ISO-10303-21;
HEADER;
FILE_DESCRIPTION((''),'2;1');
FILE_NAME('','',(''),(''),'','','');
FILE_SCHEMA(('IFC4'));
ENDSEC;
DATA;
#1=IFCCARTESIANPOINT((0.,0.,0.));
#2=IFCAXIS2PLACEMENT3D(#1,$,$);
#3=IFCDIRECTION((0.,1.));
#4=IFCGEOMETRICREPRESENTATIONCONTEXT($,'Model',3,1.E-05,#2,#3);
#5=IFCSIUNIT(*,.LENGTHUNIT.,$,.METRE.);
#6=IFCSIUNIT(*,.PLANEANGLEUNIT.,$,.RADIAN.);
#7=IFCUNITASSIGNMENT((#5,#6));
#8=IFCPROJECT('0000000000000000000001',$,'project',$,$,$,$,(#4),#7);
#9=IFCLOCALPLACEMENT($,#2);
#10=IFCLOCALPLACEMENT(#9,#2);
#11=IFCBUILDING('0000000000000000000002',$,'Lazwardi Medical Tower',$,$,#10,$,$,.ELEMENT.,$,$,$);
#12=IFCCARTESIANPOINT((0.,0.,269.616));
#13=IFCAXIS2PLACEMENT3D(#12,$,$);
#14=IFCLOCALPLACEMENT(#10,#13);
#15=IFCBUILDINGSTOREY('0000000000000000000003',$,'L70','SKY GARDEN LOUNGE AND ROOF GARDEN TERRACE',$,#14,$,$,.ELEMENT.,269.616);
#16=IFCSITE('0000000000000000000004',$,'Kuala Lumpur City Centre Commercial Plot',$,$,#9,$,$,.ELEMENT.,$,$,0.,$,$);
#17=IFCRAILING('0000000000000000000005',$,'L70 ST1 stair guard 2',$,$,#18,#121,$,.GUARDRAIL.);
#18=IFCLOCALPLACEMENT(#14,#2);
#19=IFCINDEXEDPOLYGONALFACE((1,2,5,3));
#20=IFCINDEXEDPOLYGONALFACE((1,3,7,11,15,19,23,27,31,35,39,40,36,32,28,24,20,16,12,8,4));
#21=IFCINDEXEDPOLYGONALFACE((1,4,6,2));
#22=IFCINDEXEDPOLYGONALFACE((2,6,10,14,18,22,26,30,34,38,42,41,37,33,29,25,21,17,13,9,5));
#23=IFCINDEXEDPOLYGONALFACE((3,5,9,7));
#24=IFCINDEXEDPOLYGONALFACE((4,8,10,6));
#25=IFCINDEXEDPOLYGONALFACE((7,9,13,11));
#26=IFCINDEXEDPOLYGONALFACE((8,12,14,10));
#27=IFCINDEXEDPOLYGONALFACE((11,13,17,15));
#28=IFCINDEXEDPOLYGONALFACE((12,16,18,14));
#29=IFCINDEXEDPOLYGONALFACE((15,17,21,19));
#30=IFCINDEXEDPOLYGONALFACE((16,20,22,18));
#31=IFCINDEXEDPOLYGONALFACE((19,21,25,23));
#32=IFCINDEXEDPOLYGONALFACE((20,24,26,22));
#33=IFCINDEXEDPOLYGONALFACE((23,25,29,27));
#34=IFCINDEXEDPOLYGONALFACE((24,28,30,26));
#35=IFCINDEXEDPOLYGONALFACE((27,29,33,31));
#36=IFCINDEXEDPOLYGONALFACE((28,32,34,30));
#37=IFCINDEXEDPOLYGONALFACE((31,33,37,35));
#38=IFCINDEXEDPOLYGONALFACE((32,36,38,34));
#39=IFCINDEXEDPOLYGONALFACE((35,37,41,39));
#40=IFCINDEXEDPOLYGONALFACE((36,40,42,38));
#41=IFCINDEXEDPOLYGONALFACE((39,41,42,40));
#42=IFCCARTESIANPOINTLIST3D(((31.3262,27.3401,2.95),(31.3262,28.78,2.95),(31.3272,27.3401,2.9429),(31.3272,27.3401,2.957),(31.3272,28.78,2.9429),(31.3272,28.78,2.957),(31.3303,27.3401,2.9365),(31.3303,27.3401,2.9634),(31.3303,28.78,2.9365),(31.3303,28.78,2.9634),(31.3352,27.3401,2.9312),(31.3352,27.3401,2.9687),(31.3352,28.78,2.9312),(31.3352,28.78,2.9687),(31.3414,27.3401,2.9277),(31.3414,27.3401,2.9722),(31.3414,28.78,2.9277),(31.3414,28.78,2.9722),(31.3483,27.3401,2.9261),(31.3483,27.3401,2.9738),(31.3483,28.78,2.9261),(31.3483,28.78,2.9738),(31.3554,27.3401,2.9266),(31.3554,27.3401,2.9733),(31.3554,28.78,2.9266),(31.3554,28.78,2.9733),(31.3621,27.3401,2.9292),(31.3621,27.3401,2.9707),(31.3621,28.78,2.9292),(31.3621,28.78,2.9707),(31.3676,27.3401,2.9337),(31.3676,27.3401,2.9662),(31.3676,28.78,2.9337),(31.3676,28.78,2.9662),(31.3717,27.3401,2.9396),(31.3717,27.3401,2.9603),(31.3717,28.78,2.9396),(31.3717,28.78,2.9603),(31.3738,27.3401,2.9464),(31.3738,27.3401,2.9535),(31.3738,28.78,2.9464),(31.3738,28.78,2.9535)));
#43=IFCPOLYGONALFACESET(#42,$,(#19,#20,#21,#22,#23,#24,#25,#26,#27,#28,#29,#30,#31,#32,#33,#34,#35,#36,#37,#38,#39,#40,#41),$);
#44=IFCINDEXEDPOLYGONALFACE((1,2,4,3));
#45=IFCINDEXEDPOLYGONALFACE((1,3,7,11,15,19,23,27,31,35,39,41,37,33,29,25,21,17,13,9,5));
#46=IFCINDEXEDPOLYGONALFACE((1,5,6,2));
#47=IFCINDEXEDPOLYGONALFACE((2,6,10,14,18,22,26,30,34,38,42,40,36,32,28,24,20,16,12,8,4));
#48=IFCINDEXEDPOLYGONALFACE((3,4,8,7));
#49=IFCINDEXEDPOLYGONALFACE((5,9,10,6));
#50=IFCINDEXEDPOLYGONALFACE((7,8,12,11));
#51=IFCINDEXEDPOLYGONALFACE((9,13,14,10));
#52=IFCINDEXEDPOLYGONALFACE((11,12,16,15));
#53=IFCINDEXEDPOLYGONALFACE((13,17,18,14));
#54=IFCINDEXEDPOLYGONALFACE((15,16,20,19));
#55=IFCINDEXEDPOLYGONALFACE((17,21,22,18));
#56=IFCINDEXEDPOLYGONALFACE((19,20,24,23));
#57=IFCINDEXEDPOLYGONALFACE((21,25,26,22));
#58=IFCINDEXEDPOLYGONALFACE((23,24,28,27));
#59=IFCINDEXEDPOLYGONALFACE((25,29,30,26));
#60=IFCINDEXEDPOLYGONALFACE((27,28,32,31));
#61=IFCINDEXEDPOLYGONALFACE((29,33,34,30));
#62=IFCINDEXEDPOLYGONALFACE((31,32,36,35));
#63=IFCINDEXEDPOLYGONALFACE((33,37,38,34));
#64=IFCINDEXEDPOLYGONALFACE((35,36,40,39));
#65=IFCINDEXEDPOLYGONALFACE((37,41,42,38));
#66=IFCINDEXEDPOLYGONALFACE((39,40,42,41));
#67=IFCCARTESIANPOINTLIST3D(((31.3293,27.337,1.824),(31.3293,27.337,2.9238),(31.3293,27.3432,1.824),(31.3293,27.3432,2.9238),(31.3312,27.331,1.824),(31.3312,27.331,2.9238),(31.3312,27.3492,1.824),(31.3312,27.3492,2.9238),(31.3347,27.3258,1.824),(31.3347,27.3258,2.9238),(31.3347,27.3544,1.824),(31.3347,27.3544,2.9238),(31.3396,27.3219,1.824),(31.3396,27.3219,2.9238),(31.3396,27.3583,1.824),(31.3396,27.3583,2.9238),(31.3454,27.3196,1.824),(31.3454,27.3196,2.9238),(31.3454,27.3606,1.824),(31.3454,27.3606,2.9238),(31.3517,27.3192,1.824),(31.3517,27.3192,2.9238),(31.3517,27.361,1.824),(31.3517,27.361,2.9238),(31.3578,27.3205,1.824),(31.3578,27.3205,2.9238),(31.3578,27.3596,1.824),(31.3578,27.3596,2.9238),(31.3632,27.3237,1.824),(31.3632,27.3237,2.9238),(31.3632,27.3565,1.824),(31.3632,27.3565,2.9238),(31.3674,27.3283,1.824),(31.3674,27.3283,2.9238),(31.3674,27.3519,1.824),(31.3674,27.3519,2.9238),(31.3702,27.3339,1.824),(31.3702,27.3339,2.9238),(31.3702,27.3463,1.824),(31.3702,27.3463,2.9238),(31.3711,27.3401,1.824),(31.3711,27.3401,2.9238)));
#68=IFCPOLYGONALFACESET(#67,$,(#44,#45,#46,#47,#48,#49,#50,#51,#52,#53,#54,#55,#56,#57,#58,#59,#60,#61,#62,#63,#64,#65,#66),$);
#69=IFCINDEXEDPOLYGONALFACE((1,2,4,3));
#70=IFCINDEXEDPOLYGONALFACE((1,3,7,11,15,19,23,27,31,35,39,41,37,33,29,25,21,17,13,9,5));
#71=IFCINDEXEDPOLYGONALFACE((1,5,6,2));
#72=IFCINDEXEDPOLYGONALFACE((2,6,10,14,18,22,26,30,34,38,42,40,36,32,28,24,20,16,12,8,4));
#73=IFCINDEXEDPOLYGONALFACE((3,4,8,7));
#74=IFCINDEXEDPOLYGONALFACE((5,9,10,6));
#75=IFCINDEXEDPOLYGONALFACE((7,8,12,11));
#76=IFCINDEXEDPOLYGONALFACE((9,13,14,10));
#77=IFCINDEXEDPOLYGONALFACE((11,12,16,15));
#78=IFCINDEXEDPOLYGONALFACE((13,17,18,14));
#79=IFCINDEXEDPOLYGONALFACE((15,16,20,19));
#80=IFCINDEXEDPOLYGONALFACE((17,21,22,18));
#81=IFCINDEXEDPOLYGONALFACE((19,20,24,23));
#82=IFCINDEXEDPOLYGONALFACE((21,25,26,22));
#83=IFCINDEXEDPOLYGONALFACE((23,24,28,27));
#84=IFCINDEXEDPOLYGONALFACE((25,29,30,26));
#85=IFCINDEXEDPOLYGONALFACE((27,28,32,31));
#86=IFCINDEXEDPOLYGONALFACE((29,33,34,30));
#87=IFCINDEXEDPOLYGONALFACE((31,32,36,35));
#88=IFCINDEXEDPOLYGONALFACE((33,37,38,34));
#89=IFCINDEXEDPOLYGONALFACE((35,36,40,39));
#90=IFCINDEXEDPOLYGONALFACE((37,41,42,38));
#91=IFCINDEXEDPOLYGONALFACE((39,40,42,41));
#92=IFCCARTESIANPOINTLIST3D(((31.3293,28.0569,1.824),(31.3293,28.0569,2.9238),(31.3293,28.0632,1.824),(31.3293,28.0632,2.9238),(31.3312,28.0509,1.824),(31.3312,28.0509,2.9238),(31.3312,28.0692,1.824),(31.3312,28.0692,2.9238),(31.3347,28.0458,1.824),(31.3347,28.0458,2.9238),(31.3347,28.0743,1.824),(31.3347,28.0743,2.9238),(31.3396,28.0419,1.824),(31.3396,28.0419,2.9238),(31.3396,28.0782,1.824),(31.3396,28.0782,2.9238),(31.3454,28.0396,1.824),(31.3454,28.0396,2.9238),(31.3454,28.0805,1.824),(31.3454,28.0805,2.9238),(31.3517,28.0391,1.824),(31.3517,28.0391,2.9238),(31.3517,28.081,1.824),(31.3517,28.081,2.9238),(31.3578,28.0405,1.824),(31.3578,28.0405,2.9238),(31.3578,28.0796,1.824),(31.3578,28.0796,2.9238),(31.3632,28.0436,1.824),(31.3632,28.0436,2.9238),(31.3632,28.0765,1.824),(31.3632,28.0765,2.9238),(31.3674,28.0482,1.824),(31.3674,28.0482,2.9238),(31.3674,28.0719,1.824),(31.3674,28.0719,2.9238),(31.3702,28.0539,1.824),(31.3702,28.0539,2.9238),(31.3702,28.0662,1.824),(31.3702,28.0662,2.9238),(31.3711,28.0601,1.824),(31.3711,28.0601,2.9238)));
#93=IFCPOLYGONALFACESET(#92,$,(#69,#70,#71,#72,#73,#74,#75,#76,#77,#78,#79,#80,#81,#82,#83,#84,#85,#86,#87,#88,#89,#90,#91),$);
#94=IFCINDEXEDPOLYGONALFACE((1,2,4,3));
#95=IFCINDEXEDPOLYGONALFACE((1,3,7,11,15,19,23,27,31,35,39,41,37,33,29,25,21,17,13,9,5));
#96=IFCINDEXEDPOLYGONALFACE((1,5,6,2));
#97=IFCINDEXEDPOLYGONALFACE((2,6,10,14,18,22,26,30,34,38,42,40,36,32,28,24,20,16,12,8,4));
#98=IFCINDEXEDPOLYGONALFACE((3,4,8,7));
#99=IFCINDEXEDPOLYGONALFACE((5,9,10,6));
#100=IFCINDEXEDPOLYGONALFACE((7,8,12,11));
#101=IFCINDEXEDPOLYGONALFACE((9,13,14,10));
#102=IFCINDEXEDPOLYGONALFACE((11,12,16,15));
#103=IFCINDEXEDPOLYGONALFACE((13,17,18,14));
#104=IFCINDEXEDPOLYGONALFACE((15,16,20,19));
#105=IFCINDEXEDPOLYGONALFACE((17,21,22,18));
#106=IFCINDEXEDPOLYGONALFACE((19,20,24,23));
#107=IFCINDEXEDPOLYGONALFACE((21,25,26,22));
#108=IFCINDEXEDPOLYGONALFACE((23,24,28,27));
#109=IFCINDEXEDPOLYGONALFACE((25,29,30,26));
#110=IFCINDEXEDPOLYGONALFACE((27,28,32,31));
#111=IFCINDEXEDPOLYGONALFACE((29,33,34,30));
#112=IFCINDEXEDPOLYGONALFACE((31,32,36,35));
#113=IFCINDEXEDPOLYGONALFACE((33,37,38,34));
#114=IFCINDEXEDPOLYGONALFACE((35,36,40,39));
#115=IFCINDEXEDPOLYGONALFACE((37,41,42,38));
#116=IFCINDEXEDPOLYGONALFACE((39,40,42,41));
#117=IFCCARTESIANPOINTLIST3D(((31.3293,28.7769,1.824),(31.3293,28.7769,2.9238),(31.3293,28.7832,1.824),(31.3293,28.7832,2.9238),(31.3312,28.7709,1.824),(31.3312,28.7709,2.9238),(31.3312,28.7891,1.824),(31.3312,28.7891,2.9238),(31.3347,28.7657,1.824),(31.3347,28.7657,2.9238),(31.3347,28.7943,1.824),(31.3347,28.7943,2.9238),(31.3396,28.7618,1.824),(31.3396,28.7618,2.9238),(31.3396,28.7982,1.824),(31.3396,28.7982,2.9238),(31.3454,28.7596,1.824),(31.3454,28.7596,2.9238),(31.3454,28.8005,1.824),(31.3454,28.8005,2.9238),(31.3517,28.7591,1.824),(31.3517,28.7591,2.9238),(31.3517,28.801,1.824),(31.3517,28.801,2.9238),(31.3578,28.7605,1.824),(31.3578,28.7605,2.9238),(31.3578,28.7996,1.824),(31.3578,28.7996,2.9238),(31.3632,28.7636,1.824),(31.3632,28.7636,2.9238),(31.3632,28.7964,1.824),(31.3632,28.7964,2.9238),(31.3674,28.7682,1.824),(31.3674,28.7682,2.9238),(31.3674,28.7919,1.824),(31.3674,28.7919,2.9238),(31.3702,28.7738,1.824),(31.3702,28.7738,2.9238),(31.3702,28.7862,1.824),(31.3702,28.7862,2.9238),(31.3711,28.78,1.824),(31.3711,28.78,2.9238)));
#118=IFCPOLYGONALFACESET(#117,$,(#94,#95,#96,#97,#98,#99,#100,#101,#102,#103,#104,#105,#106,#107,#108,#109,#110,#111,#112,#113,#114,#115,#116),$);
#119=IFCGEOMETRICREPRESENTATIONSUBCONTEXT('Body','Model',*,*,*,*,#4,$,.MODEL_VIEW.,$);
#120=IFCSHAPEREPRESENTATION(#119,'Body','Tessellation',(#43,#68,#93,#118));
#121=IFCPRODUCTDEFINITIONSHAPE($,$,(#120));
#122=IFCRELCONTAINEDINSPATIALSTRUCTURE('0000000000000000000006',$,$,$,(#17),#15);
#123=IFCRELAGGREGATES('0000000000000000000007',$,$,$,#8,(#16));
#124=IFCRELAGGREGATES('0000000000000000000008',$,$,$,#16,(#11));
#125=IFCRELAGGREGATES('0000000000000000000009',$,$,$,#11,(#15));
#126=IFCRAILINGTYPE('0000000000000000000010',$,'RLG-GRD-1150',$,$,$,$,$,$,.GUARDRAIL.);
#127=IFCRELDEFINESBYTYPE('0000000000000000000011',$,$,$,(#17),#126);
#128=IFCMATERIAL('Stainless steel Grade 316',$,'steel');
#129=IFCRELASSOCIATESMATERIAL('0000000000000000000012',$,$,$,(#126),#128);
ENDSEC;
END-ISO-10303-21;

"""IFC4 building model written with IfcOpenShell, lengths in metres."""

from ifc_helpers import new_model, si_unit, direction, frame, origin, origin_2d, place, context, subcontext, project, spatial, circle, extrude, material, type_object, element, save


model = new_model("IFC4")

# Units and contexts
model_context = context("Model", 3, precision=1e-05, world=origin(), true_north=direction((0.0, 1.0)))
body_context = subcontext(model_context, "Body", "Model", "MODEL_VIEW")
ifc_project = project(units=[si_unit("LENGTHUNIT", "METRE"), si_unit("PLANEANGLEUNIT", "RADIAN")], contexts=[model_context])

# Site, building, storey
site_placement = place(None, origin())
site = spatial("IfcSite", under=ifc_project, at=site_placement, Name="Kuala Lumpur City Centre Commercial Plot", CompositionType="ELEMENT", RefElevation=0.0)
building_placement = place(site_placement, origin())
building = spatial("IfcBuilding", under=site, at=building_placement, Name="Lazwardi Medical Tower", CompositionType="ELEMENT")
storey_placement = place(building_placement, frame((0.0, 0.0, 269.616)))
storey = spatial("IfcBuildingStorey", under=building, at=storey_placement, Name="L70", Description="SKY GARDEN LOUNGE AND ROOF GARDEN TERRACE", CompositionType="ELEMENT", Elevation=269.616)

# Railing
ifc_material_1 = material(Name="Stainless steel Grade 316", Category="steel")
railing_type_1 = type_object("IfcRailingType", Name="RLG-GRD-1150", PredefinedType="GUARDRAIL", material=ifc_material_1)
railing_1_placement = place(storey_placement, frame((31.3501, 27.3401, 1.824)))
element("IfcRailing", 1, at=railing_1_placement, inside=storey, type_object=railing_type_1, Name="L70 ST1 stair guard 2", PredefinedType="GUARDRAIL", context=body_context, shape_type="SweptSolid", body=[
    extrude(circle(Radius=0.0239, at=origin_2d()), frame((0.0, 0.0, 1.126), z_axis=(0.0, 1.0, 0.0), x_axis=(-1.0, 0.0, 0.0)), (0.0, 0.0, 1.0), 1.4399),
    extrude(circle(Radius=0.021, at=origin_2d()), origin(), (0.0, 0.0, 1.0), 1.0999),
    extrude(circle(Radius=0.021, at=origin_2d()), frame((0.0, 0.72, 0.0)), (0.0, 0.0, 1.0), 1.0999),
    extrude(circle(Radius=0.021, at=origin_2d()), frame((0.0, 1.4399, 0.0)), (0.0, 0.0, 1.0), 1.0999),
])

save(model, "model.ifc")
